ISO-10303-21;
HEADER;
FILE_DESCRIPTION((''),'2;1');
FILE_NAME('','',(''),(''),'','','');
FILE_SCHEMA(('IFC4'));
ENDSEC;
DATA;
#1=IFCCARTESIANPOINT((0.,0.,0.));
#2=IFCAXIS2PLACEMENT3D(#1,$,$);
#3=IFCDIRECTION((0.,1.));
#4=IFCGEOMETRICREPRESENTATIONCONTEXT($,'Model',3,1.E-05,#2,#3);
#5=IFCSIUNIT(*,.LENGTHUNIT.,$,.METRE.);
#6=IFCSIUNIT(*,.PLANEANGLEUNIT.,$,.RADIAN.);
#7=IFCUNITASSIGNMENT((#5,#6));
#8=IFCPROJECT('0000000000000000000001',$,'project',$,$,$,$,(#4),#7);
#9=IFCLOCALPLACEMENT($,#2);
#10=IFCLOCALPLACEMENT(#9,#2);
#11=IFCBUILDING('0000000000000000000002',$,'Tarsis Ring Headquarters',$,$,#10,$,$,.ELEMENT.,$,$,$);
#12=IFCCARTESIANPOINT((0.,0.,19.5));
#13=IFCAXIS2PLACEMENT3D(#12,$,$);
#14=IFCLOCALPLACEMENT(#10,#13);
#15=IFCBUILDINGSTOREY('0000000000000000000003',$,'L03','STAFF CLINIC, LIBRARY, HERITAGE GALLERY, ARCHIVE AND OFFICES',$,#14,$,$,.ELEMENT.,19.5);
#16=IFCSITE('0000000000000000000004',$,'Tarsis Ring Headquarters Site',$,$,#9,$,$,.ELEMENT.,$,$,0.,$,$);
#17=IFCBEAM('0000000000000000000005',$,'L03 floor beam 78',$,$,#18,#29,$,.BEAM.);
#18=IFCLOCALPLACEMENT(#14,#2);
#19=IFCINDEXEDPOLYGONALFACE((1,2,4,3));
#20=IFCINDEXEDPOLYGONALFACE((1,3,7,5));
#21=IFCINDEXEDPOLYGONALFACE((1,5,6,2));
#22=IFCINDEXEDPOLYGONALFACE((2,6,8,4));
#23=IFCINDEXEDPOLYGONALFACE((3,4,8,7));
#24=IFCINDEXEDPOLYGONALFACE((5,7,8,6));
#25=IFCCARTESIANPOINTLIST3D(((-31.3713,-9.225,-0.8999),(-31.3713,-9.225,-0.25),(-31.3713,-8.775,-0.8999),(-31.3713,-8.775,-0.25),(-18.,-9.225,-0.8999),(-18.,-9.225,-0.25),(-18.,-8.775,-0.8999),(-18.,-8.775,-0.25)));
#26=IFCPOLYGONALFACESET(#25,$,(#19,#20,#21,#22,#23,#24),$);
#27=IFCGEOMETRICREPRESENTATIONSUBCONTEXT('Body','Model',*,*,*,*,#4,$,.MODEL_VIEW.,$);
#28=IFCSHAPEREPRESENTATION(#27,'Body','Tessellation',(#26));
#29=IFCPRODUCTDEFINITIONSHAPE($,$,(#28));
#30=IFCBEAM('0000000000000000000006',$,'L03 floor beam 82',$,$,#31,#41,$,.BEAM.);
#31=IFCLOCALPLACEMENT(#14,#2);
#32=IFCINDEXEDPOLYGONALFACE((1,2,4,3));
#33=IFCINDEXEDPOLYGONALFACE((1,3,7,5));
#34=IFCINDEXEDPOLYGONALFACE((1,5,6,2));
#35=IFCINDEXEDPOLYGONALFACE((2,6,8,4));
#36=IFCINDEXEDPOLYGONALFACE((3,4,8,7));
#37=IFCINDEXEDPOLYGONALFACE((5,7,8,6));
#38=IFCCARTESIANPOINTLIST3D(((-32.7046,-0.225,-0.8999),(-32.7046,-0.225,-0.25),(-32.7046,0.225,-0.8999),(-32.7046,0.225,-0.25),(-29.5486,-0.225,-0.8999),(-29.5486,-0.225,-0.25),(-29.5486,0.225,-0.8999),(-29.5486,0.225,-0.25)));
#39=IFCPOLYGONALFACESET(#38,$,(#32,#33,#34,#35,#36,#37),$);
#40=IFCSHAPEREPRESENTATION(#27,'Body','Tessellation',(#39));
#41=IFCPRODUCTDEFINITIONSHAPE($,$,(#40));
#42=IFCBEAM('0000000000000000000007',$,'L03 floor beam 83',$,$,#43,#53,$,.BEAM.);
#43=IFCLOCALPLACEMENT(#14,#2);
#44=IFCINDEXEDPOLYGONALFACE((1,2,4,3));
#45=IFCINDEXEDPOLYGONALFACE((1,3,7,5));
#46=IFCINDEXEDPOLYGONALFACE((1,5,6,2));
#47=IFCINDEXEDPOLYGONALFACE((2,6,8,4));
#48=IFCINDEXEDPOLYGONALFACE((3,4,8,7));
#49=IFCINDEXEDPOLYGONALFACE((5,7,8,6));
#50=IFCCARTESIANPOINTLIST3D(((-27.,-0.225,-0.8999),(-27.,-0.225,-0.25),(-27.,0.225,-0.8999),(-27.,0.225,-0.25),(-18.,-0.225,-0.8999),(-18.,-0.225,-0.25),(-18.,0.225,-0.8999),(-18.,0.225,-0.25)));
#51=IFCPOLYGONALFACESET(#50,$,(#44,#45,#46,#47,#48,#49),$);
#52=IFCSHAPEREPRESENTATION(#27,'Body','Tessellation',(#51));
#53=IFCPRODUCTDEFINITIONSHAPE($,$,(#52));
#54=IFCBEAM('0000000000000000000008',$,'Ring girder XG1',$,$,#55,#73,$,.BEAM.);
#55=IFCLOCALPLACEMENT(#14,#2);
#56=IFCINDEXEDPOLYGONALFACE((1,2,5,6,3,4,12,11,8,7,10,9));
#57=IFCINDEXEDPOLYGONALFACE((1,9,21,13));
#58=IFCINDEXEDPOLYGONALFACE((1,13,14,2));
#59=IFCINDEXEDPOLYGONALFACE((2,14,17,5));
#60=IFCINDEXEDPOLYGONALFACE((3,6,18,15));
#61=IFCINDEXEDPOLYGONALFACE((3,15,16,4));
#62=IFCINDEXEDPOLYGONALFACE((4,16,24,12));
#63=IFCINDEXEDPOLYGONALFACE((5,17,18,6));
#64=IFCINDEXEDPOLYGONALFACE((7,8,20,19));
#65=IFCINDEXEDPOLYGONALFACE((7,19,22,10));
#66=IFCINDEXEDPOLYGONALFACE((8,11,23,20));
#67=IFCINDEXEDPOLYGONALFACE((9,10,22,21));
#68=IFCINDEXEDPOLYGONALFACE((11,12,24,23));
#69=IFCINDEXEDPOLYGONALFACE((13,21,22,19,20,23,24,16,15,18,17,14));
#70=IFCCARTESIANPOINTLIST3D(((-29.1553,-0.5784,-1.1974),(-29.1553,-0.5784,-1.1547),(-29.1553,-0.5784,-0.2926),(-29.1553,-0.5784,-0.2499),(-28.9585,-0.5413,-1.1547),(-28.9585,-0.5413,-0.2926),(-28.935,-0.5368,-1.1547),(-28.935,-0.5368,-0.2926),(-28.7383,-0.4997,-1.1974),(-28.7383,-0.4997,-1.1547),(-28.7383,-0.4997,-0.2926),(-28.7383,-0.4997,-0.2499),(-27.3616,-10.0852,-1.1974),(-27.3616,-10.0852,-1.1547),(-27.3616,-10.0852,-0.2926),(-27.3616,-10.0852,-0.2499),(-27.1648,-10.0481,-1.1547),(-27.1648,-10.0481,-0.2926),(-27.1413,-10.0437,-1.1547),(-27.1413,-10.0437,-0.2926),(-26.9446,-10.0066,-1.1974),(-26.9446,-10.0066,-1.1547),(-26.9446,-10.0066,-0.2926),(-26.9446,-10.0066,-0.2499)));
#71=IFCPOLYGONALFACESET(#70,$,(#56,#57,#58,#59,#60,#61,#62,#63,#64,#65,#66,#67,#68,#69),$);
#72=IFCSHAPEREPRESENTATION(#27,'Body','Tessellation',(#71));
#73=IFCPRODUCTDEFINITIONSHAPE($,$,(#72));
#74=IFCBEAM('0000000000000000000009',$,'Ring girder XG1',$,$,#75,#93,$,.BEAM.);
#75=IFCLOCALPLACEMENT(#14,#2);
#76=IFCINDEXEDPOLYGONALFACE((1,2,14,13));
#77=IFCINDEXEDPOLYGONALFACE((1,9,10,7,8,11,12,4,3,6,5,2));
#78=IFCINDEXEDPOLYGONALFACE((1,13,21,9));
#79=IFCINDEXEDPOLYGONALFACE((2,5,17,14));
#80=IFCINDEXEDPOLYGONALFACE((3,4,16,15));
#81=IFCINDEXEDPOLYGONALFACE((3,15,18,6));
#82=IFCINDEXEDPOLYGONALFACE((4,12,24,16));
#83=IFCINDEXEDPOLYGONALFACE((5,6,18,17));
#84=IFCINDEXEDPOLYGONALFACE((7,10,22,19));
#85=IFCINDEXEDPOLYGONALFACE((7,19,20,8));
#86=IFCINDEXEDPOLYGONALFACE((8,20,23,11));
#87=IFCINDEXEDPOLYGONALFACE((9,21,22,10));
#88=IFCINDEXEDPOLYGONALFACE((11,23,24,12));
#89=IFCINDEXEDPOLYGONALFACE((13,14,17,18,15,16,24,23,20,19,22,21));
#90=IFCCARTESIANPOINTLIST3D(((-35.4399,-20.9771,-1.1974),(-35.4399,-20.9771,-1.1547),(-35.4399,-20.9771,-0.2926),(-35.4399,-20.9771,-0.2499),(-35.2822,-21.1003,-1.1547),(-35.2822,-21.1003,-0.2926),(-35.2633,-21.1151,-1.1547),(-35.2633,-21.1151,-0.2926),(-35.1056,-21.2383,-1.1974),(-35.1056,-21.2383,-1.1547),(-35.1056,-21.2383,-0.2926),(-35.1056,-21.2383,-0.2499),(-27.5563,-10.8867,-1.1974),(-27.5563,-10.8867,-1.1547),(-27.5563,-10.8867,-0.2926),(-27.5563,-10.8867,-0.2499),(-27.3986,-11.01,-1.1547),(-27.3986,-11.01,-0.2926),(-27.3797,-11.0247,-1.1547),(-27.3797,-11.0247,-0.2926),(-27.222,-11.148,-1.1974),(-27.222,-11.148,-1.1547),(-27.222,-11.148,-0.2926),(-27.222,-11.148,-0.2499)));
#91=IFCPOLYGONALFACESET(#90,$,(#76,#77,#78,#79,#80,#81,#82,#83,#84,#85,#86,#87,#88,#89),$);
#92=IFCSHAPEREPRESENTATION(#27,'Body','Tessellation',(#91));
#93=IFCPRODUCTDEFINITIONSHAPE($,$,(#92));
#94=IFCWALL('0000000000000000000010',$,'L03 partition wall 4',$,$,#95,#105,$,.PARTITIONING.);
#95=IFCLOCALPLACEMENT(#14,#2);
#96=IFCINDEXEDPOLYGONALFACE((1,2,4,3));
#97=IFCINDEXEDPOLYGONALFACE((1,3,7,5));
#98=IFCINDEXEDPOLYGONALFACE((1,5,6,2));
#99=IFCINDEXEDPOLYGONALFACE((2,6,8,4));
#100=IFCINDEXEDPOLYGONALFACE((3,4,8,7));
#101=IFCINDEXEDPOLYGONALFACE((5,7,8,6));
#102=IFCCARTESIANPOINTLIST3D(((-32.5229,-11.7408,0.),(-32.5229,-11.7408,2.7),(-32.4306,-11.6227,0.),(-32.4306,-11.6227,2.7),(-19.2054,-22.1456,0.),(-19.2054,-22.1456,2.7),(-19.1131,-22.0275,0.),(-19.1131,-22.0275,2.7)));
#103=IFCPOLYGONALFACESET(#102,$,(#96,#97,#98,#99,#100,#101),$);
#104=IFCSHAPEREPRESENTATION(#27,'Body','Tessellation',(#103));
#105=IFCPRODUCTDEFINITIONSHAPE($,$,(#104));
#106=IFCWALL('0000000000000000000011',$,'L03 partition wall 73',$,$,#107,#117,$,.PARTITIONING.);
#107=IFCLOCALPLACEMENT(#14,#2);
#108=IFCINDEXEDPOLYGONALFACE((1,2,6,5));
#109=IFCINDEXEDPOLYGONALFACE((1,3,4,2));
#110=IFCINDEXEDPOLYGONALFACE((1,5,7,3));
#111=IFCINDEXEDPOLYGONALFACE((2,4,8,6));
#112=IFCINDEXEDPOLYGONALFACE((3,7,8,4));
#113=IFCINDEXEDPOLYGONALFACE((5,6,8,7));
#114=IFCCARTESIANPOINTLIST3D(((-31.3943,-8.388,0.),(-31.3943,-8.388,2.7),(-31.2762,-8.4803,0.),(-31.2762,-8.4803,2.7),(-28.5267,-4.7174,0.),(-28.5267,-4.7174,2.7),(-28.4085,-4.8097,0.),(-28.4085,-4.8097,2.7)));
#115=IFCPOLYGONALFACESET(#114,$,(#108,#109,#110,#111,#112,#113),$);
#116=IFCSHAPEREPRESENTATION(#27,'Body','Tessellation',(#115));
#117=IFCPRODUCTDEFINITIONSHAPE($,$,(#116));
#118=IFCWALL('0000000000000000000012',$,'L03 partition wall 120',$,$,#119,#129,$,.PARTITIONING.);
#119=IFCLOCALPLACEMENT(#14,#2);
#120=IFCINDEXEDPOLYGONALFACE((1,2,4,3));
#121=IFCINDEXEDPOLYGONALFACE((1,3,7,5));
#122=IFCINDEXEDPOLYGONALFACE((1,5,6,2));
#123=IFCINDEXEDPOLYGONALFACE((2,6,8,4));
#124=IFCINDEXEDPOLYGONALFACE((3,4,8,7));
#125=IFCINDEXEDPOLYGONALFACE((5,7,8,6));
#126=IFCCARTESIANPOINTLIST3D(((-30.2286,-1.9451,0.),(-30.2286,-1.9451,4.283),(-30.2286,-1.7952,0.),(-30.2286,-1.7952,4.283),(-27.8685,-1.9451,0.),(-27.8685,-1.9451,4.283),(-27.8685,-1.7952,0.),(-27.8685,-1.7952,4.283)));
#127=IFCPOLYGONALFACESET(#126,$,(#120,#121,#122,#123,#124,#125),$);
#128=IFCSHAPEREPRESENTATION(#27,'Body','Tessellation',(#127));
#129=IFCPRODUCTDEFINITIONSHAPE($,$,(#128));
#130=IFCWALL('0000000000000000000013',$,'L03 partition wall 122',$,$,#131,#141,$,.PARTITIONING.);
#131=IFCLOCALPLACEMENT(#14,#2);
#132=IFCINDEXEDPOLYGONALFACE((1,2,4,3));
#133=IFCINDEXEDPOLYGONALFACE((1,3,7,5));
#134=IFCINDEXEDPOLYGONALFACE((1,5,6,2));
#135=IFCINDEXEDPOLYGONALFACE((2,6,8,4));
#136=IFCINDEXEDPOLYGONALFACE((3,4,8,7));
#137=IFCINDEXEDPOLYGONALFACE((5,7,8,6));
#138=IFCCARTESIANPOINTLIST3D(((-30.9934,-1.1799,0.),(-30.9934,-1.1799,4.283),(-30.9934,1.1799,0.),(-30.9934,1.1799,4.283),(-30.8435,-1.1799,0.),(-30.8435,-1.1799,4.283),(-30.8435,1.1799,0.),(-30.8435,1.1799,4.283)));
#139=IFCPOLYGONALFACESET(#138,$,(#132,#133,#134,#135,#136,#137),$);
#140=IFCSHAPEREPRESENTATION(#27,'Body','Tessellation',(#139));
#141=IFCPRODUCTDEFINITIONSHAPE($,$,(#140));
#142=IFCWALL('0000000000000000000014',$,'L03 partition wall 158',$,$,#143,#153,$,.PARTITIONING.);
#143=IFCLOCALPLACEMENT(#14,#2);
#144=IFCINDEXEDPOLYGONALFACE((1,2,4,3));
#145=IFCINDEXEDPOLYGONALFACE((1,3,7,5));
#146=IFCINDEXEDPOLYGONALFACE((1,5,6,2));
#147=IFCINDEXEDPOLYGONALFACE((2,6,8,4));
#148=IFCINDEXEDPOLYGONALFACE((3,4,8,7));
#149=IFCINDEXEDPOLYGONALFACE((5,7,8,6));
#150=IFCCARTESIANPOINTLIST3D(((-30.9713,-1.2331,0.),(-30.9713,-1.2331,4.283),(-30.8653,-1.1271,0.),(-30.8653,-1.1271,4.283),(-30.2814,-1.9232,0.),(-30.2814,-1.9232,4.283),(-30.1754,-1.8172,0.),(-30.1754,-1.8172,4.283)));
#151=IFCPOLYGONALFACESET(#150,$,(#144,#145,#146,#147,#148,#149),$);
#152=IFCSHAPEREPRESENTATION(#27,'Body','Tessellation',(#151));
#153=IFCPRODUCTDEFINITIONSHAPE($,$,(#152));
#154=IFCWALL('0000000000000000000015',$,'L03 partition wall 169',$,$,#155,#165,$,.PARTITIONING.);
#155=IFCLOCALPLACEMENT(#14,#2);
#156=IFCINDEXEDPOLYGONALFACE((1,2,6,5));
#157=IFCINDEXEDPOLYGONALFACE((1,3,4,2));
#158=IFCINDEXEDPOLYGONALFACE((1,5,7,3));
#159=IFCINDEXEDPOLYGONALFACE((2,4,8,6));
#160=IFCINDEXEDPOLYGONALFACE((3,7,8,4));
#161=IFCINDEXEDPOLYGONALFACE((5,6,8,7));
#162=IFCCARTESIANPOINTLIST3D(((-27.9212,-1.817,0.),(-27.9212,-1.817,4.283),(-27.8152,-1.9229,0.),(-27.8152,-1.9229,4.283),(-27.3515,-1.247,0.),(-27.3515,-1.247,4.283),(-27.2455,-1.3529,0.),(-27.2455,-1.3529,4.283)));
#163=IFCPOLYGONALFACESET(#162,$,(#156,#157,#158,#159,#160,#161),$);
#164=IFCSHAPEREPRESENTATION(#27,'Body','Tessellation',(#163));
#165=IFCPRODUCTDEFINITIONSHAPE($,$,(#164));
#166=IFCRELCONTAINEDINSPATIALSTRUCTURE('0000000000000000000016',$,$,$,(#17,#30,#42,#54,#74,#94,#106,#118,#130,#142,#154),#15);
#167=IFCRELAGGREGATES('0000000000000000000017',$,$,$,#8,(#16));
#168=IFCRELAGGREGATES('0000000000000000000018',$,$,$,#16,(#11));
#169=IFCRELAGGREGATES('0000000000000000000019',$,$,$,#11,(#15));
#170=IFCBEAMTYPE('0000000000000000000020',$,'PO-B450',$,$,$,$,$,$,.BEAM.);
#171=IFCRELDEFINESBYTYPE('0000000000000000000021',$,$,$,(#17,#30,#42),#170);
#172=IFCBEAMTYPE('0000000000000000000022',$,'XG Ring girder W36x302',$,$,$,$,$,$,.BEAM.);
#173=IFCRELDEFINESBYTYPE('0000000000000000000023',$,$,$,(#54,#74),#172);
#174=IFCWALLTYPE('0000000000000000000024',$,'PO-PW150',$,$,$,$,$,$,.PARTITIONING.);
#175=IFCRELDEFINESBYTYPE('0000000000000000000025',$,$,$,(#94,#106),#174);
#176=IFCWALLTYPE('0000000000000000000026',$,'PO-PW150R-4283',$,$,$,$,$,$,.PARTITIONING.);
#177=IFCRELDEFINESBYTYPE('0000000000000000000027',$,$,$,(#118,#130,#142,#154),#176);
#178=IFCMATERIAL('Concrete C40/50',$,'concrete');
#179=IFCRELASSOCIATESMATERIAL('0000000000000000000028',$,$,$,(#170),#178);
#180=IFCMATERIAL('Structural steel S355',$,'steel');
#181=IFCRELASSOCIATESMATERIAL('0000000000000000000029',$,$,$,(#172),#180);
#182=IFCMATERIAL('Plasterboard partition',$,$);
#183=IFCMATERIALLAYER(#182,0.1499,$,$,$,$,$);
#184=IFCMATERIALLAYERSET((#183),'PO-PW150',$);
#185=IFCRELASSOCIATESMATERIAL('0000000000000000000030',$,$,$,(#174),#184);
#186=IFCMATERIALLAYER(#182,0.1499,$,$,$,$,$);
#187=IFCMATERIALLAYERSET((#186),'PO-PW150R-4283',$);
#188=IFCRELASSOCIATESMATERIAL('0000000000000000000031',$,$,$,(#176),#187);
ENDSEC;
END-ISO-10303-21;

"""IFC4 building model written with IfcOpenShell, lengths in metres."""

from ifc_helpers import new_model, si_unit, direction, frame, frame_2d, origin, origin_2d, place, context, subcontext, project, spatial, rectangle, i_section, extrude, material, layer, layer_set, material_profile, profile_set, type_object, element, save


model = new_model("IFC4")

# Units and contexts
model_context = context("Model", 3, precision=1e-05, world=origin(), true_north=direction((0.0, 1.0)))
body_context = subcontext(model_context, "Body", "Model", "MODEL_VIEW")
ifc_project = project(units=[si_unit("LENGTHUNIT", "METRE"), si_unit("PLANEANGLEUNIT", "RADIAN")], contexts=[model_context])

# Site, building, storey
site_placement = place(None, origin())
site = spatial("IfcSite", under=ifc_project, at=site_placement, Name="Tarsis Ring Headquarters Site", CompositionType="ELEMENT", RefElevation=0.0)
building_placement = place(site_placement, origin())
building = spatial("IfcBuilding", under=site, at=building_placement, Name="Tarsis Ring Headquarters", CompositionType="ELEMENT")
storey_placement = place(building_placement, frame((0.0, 0.0, 19.5)))
storey = spatial("IfcBuildingStorey", under=building, at=storey_placement, Name="L03", Description="STAFF CLINIC, LIBRARY, HERITAGE GALLERY, ARCHIVE AND OFFICES", CompositionType="ELEMENT", Elevation=19.5)

# Beams
ifc_material_1 = material(Name="Concrete C40/50", Category="concrete")
ifc_material_profile_1 = material_profile(ifc_material_1, rectangle(XDim=0.45, YDim=0.6499, at=origin_2d()), Name="PO-B450")
ifc_profile_set_1 = profile_set([ifc_material_profile_1], Name="Concrete C40/50")
beam_type_1 = type_object("IfcBeamType", Name="PO-B450", PredefinedType="BEAM", material=ifc_profile_set_1)
beam_1_placement = place(storey_placement, frame((-31.3713, -9.0, -0.575), z_axis=(1.0, 0.0, 0.0), x_axis=(0.0, 1.0, 0.0)))
element("IfcBeam", 1, at=beam_1_placement, inside=storey, type_object=beam_type_1, Name="L03 floor beam 78", PredefinedType="BEAM", context=body_context, shape_type="SweptSolid", body=[
    extrude(rectangle(XDim=0.45, YDim=0.6499, at=origin_2d()), origin(), (0.0, 0.0, 1.0), 13.3713),
])
beam_2_placement = place(storey_placement, frame((-32.7046, 0.0, -0.575), z_axis=(1.0, 0.0, 0.0), x_axis=(0.0, 1.0, 0.0)))
element("IfcBeam", 2, at=beam_2_placement, inside=storey, type_object=beam_type_1, Name="L03 floor beam 82", PredefinedType="BEAM", context=body_context, shape_type="SweptSolid", body=[
    extrude(rectangle(XDim=0.45, YDim=0.6499, at=origin_2d()), origin(), (0.0, 0.0, 1.0), 3.156),
])
beam_3_placement = place(storey_placement, frame((-27.0, 0.0, -0.575), z_axis=(1.0, 0.0, 0.0), x_axis=(0.0, 1.0, 0.0)))
element("IfcBeam", 3, at=beam_3_placement, inside=storey, type_object=beam_type_1, Name="L03 floor beam 83", PredefinedType="BEAM", context=body_context, shape_type="SweptSolid", body=[
    extrude(rectangle(XDim=0.45, YDim=0.6499, at=origin_2d()), origin(), (0.0, 0.0, 1.0), 9.0),
])
ifc_material_2 = material(Name="Structural steel S355", Category="steel")
ifc_material_profile_2 = material_profile(ifc_material_2, i_section(OverallWidth=0.4243, OverallDepth=0.9475, WebThickness=0.0239, FlangeThickness=0.0427, at=origin_2d()), Name="W36x302")
ifc_profile_set_2 = profile_set([ifc_material_profile_2], Name="Structural steel S355")
beam_type_2 = type_object("IfcBeamType", Name="XG Ring girder W36x302", PredefinedType="BEAM", material=ifc_profile_set_2)
beam_4_placement = place(storey_placement, frame((-28.9468, -0.5391, -0.7236), z_axis=(0.185404, -0.982662, 0.0), x_axis=(0.982662, 0.185404, 0.0)))
element("IfcBeam", 4, at=beam_4_placement, inside=storey, type_object=beam_type_2, Name="Ring girder XG1", PredefinedType="BEAM", context=body_context, shape_type="SweptSolid", body=[
    extrude(i_section(OverallWidth=0.4243, OverallDepth=0.9475, WebThickness=0.0239, FlangeThickness=0.0427, at=origin_2d()), origin(), (0.0, 0.0, 1.0), 9.6746),
])
beam_5_placement = place(storey_placement, frame((-27.3892, -11.0173, -0.7236), z_axis=(-0.615667, -0.788006, 0.0), x_axis=(0.788006, -0.615667, 0.0)))
element("IfcBeam", 5, at=beam_5_placement, inside=storey, type_object=beam_type_2, Name="Ring girder XG1", PredefinedType="BEAM", context=body_context, shape_type="SweptSolid", body=[
    extrude(i_section(OverallWidth=0.4243, OverallDepth=0.9475, WebThickness=0.0239, FlangeThickness=0.0427, at=origin_2d()), origin(), (0.0, 0.0, 1.0), 12.8049),
])

# Walls
ifc_material_3 = material(Name="Plasterboard partition")
ifc_layer_1 = layer(ifc_material_3, 0.1499)
ifc_layer_set_1 = layer_set([ifc_layer_1], Name="PO-PW150")
wall_type_1 = type_object("IfcWallType", Name="PO-PW150", PredefinedType="PARTITIONING", material=ifc_layer_set_1)
wall_1_placement = place(storey_placement, frame((-32.4768, -11.6816, 0.0), z_axis=(0.0, 0.0, 1.0), x_axis=(0.788008, -0.615665, 0.0)))
element("IfcWall", 6, at=wall_1_placement, inside=storey, type_object=wall_type_1, Name="L03 partition wall 4", PredefinedType="PARTITIONING", context=body_context, shape_type="SweptSolid", body=[
    extrude(rectangle(XDim=16.9001, YDim=0.1499, at=frame_2d((8.4502, 0.0))), origin(), (0.0, 0.0, 1.0), 2.7),
])
wall_2_placement = place(storey_placement, frame((-28.4675, -4.7634, 0.0), z_axis=(0.0, 0.0, 1.0), x_axis=(-0.615641, -0.788027, 0.0)))
element("IfcWall", 7, at=wall_2_placement, inside=storey, type_object=wall_type_1, Name="L03 partition wall 73", PredefinedType="PARTITIONING", context=body_context, shape_type="SweptSolid", body=[
    extrude(rectangle(XDim=4.658, YDim=0.1499, at=frame_2d((2.3291, 0.0))), origin(), (0.0, 0.0, 1.0), 2.7),
])
ifc_layer_2 = layer(ifc_material_3, 0.1499)
ifc_layer_set_2 = layer_set([ifc_layer_2], Name="PO-PW150R-4283")
wall_type_2 = type_object("IfcWallType", Name="PO-PW150R-4283", PredefinedType="PARTITIONING", material=ifc_layer_set_2)
wall_3_placement = place(storey_placement, frame((-27.8684, -1.8701, 0.0), z_axis=(0.0, 0.0, 1.0), x_axis=(-1.0, 0.0, 0.0)))
element("IfcWall", 8, at=wall_3_placement, inside=storey, type_object=wall_type_2, Name="L03 partition wall 120", PredefinedType="PARTITIONING", context=body_context, shape_type="SweptSolid", body=[
    extrude(rectangle(XDim=2.3601, YDim=0.1499, at=frame_2d((1.1802, 0.0))), origin(), (0.0, 0.0, 1.0), 4.283),
])
wall_4_placement = place(storey_placement, frame((-30.9185, -1.1799, 0.0), z_axis=(0.0, 0.0, 1.0), x_axis=(0.0, 1.0, 0.0)))
element("IfcWall", 9, at=wall_4_placement, inside=storey, type_object=wall_type_2, Name="L03 partition wall 122", PredefinedType="PARTITIONING", context=body_context, shape_type="SweptSolid", body=[
    extrude(rectangle(XDim=2.3599, YDim=0.1499, at=frame_2d((1.1799, 0.0))), origin(), (0.0, 0.0, 1.0), 4.283),
])
wall_5_placement = place(storey_placement, frame((-30.2285, -1.8701, 0.0), z_axis=(0.0, 0.0, 1.0), x_axis=(-0.706982, 0.707232, 0.0)))
element("IfcWall", 10, at=wall_5_placement, inside=storey, type_object=wall_type_2, Name="L03 partition wall 158", PredefinedType="PARTITIONING", context=body_context, shape_type="SweptSolid", body=[
    extrude(rectangle(XDim=0.9758, YDim=0.1499, at=frame_2d((0.4878, 0.0))), origin(), (0.0, 0.0, 1.0), 4.283),
])
wall_6_placement = place(storey_placement, frame((-27.2986, -1.3, 0.0), z_axis=(0.0, 0.0, 1.0), x_axis=(-0.706955, -0.707258, 0.0)))
element("IfcWall", 11, at=wall_6_placement, inside=storey, type_object=wall_type_2, Name="L03 partition wall 169", PredefinedType="PARTITIONING", context=body_context, shape_type="SweptSolid", body=[
    extrude(rectangle(XDim=0.8059, YDim=0.1499, at=frame_2d((0.4028, 0.0))), origin(), (0.0, 0.0, 1.0), 4.283),
])

save(model, "model.ifc")
